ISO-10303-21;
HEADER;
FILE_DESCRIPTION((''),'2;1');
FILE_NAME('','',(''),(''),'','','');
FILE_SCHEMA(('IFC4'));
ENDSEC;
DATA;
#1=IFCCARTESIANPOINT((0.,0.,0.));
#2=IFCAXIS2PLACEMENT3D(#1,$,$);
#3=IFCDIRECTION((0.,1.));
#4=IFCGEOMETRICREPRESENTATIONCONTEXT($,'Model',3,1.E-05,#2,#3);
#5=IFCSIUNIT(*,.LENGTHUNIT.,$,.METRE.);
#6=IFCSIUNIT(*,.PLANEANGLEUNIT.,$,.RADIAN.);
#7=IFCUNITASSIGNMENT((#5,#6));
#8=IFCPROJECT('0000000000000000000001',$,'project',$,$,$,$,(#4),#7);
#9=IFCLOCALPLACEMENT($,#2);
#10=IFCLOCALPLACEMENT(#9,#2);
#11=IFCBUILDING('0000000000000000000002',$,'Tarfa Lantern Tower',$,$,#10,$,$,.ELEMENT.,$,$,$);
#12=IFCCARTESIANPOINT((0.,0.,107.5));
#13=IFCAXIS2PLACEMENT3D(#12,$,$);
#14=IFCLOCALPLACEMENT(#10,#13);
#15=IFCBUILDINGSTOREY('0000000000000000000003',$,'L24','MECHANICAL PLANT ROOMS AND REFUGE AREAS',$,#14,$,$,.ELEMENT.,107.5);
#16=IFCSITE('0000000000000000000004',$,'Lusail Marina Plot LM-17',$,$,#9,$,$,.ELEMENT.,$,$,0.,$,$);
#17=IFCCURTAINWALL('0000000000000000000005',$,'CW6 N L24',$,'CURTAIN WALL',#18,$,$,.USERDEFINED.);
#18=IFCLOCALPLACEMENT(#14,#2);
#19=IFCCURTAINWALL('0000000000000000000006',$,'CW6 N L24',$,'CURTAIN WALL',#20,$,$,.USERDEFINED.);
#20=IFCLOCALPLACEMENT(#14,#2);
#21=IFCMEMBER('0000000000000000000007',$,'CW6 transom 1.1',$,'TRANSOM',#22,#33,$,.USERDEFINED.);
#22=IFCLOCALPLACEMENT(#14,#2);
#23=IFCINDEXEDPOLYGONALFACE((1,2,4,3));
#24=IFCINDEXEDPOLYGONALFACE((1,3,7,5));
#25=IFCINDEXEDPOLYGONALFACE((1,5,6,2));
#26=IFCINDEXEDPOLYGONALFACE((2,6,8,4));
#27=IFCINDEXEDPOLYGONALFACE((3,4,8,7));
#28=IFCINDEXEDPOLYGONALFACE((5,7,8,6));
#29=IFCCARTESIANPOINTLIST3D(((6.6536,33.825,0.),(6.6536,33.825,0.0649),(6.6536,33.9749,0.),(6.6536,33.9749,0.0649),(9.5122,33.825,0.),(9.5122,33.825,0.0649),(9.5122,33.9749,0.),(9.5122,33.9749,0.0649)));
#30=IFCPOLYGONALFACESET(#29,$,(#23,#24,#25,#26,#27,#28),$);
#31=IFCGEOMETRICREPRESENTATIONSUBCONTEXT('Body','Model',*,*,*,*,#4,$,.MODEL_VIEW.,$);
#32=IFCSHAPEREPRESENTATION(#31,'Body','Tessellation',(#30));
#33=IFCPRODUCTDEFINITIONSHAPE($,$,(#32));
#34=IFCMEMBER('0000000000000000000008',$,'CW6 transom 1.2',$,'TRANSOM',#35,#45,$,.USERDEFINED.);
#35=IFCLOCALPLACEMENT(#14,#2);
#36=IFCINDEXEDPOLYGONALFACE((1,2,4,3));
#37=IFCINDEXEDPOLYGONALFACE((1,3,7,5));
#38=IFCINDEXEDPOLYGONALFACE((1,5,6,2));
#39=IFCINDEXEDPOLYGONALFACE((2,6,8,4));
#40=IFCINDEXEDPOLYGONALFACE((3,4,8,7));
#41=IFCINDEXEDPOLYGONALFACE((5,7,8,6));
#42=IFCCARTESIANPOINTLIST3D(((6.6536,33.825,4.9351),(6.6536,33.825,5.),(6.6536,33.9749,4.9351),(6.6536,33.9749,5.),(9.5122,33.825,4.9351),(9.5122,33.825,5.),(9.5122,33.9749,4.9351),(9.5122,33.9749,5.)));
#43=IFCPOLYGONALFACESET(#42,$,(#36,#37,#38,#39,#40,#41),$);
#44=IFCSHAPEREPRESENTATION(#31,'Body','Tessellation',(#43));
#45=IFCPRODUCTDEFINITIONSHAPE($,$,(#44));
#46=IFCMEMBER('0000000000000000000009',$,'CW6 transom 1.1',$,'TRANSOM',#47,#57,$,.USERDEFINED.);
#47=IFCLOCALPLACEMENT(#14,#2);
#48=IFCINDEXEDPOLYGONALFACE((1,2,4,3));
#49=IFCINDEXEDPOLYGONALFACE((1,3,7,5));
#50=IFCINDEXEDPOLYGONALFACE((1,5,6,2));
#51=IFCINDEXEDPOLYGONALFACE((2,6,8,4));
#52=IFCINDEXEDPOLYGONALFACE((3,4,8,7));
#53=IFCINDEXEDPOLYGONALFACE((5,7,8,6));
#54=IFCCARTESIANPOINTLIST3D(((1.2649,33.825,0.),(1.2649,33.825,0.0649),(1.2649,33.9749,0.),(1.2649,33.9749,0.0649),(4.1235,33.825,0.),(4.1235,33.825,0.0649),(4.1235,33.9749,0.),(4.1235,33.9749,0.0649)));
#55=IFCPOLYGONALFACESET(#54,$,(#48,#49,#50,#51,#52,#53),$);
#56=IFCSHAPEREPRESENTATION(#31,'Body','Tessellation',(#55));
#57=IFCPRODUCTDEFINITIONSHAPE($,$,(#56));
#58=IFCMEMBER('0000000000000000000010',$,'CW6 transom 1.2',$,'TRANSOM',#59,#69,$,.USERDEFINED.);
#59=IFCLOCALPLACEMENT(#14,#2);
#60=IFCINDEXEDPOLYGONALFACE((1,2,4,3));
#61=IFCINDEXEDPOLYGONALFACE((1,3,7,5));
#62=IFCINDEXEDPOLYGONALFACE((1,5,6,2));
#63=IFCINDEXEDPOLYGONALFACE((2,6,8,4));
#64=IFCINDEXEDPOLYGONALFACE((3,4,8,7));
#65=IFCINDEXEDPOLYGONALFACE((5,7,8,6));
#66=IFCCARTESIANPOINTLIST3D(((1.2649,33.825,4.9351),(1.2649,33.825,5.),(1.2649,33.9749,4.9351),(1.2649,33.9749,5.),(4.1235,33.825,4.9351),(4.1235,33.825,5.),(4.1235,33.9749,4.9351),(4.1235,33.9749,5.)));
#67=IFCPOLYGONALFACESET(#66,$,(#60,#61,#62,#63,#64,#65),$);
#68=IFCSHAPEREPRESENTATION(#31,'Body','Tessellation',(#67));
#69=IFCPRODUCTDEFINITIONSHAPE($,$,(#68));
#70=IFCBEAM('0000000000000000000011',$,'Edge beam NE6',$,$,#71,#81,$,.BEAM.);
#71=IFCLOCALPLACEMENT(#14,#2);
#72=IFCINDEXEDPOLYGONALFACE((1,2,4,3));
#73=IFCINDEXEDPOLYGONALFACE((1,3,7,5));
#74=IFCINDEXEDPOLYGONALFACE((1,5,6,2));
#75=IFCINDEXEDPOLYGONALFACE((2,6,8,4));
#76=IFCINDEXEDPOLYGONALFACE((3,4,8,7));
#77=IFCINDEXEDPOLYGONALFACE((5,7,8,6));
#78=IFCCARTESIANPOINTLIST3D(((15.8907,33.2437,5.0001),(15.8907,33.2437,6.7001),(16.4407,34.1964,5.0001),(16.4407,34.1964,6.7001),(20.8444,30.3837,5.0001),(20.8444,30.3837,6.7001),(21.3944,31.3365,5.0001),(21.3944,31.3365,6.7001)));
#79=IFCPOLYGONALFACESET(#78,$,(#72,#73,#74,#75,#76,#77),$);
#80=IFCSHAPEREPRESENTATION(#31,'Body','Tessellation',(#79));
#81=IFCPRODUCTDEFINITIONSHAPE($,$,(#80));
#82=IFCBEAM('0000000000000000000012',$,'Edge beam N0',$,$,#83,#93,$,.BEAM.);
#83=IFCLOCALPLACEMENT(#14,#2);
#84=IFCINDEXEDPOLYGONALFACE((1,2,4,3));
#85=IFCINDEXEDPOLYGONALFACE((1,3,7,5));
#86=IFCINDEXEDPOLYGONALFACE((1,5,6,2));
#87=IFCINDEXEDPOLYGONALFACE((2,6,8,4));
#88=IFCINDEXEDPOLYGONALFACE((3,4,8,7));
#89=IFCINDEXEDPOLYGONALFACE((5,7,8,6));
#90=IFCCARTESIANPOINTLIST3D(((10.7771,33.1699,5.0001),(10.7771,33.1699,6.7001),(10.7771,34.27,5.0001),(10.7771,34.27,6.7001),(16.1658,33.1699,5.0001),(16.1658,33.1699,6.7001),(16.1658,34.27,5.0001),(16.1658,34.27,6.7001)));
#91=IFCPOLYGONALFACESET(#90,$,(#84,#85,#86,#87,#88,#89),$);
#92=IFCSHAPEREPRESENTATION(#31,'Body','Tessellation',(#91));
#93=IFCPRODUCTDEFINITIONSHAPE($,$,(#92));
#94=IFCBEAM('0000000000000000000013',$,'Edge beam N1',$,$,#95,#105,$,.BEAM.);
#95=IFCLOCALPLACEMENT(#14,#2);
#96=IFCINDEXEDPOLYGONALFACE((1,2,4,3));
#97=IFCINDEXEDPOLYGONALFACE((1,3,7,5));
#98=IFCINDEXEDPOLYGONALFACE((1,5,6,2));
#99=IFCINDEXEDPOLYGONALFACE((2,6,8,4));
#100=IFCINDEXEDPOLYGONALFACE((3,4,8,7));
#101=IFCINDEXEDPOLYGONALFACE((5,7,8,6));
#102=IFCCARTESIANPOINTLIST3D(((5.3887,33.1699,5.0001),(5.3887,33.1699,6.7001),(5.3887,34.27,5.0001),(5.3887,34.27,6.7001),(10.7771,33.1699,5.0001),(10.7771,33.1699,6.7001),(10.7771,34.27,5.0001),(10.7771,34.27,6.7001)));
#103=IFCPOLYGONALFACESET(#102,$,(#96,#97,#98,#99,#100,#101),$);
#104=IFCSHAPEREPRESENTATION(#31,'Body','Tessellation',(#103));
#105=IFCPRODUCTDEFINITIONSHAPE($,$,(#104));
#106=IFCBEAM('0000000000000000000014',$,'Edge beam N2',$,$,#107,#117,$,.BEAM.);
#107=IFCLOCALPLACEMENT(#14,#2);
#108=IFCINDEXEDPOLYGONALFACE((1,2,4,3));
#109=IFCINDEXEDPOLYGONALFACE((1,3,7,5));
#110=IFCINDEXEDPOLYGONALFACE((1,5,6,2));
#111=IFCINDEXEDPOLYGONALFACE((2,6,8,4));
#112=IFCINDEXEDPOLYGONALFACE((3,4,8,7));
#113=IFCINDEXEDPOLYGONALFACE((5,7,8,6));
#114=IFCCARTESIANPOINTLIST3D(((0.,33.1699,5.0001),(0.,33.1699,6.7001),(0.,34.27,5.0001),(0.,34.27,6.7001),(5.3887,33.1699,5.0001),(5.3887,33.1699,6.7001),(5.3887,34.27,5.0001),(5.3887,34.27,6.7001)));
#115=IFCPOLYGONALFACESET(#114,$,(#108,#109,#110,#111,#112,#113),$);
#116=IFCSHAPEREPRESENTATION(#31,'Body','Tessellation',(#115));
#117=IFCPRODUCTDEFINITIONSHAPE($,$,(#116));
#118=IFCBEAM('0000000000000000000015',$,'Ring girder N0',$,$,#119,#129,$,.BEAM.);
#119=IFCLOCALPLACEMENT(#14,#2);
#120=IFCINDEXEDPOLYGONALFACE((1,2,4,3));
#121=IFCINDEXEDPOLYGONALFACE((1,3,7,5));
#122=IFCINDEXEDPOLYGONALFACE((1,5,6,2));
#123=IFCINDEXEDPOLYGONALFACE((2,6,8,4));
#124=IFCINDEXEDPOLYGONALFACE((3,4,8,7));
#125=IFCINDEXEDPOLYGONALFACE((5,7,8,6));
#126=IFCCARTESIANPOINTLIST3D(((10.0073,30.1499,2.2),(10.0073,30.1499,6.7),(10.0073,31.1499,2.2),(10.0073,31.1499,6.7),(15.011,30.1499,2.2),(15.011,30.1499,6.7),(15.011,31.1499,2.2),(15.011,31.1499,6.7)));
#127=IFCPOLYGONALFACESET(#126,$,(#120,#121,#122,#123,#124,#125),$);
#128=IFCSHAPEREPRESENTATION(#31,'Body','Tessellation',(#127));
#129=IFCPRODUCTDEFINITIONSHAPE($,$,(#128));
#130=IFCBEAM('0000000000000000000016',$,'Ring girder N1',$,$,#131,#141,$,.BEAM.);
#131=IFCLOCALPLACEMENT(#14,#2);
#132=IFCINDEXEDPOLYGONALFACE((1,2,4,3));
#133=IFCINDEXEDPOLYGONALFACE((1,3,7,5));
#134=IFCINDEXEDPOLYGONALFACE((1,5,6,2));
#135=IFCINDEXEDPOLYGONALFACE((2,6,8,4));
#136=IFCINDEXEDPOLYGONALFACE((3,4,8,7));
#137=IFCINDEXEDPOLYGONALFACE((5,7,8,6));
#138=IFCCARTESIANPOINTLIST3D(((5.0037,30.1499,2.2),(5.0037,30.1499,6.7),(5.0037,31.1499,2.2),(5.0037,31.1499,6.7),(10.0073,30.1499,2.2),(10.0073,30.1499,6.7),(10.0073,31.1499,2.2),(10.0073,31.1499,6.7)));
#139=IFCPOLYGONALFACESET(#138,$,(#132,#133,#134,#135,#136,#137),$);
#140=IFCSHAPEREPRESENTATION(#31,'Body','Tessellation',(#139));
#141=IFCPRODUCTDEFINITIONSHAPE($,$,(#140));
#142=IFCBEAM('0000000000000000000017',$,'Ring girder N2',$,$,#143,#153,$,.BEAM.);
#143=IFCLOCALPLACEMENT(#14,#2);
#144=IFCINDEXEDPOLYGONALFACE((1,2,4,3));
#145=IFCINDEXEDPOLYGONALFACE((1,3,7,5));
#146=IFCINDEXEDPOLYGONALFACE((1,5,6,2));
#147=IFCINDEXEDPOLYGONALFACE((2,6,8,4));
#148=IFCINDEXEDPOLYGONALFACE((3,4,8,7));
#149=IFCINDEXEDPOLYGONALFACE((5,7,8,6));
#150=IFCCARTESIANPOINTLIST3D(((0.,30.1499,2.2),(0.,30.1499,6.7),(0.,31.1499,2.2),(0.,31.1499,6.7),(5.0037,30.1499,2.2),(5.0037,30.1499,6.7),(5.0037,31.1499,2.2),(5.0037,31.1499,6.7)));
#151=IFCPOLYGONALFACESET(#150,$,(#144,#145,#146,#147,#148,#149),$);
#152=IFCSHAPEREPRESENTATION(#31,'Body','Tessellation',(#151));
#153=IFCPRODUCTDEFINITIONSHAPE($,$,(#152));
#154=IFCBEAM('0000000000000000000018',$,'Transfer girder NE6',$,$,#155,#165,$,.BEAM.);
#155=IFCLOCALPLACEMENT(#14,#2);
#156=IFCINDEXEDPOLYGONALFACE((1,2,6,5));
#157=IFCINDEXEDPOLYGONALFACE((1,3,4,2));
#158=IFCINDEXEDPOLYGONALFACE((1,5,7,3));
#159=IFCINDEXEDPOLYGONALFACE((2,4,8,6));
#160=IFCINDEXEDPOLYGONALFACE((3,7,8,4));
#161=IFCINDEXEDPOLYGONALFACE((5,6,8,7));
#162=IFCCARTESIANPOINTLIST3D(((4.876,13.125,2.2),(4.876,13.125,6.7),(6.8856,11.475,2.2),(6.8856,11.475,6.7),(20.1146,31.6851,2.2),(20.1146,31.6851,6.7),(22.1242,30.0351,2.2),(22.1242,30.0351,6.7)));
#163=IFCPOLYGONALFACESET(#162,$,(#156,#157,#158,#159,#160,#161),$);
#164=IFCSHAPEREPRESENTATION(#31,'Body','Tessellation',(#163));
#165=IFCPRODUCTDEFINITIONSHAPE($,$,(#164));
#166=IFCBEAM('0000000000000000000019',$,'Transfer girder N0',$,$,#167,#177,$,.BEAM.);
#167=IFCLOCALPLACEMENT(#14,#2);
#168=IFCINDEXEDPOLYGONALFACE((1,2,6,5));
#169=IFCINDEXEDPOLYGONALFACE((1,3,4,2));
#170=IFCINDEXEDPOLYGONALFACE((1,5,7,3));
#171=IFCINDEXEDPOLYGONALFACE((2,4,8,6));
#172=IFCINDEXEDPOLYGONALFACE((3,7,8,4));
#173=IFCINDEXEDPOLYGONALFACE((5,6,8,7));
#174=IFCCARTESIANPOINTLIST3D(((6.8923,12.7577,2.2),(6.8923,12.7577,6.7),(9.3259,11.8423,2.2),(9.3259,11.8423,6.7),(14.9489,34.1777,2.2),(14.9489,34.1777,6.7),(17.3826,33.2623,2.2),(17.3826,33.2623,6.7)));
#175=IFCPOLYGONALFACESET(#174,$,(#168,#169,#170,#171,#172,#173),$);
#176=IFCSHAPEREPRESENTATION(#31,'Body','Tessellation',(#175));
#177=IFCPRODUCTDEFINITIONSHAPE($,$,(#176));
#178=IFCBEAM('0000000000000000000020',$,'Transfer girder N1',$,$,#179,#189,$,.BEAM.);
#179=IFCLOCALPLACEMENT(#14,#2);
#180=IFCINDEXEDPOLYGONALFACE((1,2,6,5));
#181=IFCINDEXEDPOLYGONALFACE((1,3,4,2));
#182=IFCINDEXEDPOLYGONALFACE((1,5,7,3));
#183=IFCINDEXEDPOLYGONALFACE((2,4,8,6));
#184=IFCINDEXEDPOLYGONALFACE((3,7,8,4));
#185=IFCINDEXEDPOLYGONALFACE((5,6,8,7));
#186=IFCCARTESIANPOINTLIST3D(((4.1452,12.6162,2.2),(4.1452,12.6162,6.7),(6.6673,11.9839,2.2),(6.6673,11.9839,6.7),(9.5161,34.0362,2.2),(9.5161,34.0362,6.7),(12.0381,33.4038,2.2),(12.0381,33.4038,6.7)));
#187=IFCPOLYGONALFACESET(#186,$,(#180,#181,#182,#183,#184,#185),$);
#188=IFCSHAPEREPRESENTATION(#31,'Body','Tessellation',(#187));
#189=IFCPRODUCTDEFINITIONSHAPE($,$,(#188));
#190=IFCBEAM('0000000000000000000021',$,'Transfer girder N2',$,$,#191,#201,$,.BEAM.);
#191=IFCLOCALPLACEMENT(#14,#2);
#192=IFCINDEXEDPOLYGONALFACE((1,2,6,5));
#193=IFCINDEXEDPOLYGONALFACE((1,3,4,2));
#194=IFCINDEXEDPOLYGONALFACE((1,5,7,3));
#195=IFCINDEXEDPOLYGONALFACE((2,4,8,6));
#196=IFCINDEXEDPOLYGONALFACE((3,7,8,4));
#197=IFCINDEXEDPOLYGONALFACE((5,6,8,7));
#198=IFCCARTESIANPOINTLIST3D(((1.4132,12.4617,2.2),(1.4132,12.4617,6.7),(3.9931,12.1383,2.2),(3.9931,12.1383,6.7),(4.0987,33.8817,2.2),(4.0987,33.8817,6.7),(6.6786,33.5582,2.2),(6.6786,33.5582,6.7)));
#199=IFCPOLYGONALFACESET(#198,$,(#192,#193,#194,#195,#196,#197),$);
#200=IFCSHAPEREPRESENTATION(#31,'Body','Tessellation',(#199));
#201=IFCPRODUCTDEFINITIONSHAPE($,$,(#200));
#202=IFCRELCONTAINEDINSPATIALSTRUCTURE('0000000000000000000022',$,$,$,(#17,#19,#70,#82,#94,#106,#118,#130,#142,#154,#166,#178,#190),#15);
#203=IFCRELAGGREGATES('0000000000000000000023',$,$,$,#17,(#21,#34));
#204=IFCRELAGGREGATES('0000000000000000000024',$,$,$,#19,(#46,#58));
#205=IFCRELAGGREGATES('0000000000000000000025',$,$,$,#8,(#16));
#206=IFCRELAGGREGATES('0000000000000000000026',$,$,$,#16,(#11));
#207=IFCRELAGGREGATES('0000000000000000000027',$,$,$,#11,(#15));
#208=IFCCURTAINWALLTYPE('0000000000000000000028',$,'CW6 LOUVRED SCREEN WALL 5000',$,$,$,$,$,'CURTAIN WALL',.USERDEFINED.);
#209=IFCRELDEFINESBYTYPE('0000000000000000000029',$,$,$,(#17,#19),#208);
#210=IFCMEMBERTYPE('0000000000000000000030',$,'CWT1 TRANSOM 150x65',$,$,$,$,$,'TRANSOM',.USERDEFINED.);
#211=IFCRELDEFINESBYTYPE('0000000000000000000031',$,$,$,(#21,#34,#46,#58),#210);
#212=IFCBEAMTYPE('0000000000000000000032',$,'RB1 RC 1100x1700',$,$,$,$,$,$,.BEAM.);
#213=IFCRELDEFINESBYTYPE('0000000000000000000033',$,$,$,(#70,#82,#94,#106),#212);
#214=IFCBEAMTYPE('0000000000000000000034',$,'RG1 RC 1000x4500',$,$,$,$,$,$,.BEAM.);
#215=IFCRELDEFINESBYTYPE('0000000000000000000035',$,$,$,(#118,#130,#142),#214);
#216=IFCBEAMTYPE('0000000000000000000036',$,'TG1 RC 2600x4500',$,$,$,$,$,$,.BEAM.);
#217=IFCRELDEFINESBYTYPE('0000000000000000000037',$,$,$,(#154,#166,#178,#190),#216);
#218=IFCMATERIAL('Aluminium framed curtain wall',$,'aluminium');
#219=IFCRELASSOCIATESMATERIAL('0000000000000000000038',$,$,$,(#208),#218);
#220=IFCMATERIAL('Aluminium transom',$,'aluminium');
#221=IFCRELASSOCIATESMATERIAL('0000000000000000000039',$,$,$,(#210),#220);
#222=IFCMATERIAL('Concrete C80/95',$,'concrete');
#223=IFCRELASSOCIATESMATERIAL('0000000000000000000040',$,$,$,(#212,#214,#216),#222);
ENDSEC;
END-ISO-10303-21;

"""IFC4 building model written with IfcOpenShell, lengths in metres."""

from ifc_helpers import new_model, si_unit, direction, frame, origin, origin_2d, place, context, subcontext, project, spatial, rectangle, extrude, material, material_profile, profile_set, type_object, element, aggregate, save


model = new_model("IFC4")

# Units and contexts
model_context = context("Model", 3, precision=1e-05, world=origin(), true_north=direction((0.0, 1.0)))
body_context = subcontext(model_context, "Body", "Model", "MODEL_VIEW")
ifc_project = project(units=[si_unit("LENGTHUNIT", "METRE"), si_unit("PLANEANGLEUNIT", "RADIAN")], contexts=[model_context])

# Site, building, storey
site_placement = place(None, origin())
site = spatial("IfcSite", under=ifc_project, at=site_placement, Name="Lusail Marina Plot LM-17", CompositionType="ELEMENT", RefElevation=0.0)
building_placement = place(site_placement, origin())
building = spatial("IfcBuilding", under=site, at=building_placement, Name="Tarfa Lantern Tower", CompositionType="ELEMENT")
storey_placement = place(building_placement, frame((0.0, 0.0, 107.5)))
storey = spatial("IfcBuildingStorey", under=building, at=storey_placement, Name="L24", Description="MECHANICAL PLANT ROOMS AND REFUGE AREAS", CompositionType="ELEMENT", Elevation=107.5)

# Shared definitions
ifc_material_1 = material(Name="Concrete C80/95", Category="concrete")

# Curtain walls
ifc_material_2 = material(Name="Aluminium framed curtain wall", Category="aluminium")
curtain_wall_type = type_object("IfcCurtainWallType", Name="CW6 LOUVRED SCREEN WALL 5000", ElementType="CURTAIN WALL", PredefinedType="USERDEFINED", material=ifc_material_2)
curtain_wall_1_placement = place(storey_placement, origin())
curtain_wall_1 = element("IfcCurtainWall", 1, at=curtain_wall_1_placement, inside=storey, type_object=curtain_wall_type, Name="CW6 N L24", ObjectType="CURTAIN WALL", PredefinedType="USERDEFINED")
curtain_wall_2_placement = place(storey_placement, origin())
curtain_wall_2 = element("IfcCurtainWall", 2, at=curtain_wall_2_placement, inside=storey, type_object=curtain_wall_type, Name="CW6 N L24", ObjectType="CURTAIN WALL", PredefinedType="USERDEFINED")

# Members
ifc_material_3 = material(Name="Aluminium transom", Category="aluminium")
ifc_material_profile_1 = material_profile(ifc_material_3, rectangle(XDim=0.1499, YDim=0.0649, at=origin_2d()), Name="AL TRANSOM 150x65")
ifc_profile_set_1 = profile_set([ifc_material_profile_1], Name="Aluminium transom")
member_type_1 = type_object("IfcMemberType", Name="CWT1 TRANSOM 150x65", ElementType="TRANSOM", PredefinedType="USERDEFINED", material=ifc_profile_set_1)
member_1_placement = place(storey_placement, frame((9.5122, 33.8999, 0.0325), z_axis=(-1.0, 0.0, 0.0), x_axis=(0.0, -1.0, 0.0)))
member_1 = element("IfcMember", 3, at=member_1_placement, type_object=member_type_1, Name="CW6 transom 1.1", ObjectType="TRANSOM", PredefinedType="USERDEFINED", context=body_context, shape_type="SweptSolid", body=[
    extrude(rectangle(XDim=0.1499, YDim=0.0649, at=origin_2d()), origin(), (0.0, 0.0, 1.0), 2.8586),
])
member_2_placement = place(storey_placement, frame((9.5122, 33.8999, 4.9675), z_axis=(-1.0, 0.0, 0.0), x_axis=(0.0, -1.0, 0.0)))
member_2 = element("IfcMember", 4, at=member_2_placement, type_object=member_type_1, Name="CW6 transom 1.2", ObjectType="TRANSOM", PredefinedType="USERDEFINED", context=body_context, shape_type="SweptSolid", body=[
    extrude(rectangle(XDim=0.1499, YDim=0.0649, at=origin_2d()), origin(), (0.0, 0.0, 1.0), 2.8586),
])
member_3_placement = place(storey_placement, frame((4.1235, 33.8999, 0.0325), z_axis=(-1.0, 0.0, 0.0), x_axis=(0.0, -1.0, 0.0)))
member_3 = element("IfcMember", 5, at=member_3_placement, type_object=member_type_1, Name="CW6 transom 1.1", ObjectType="TRANSOM", PredefinedType="USERDEFINED", context=body_context, shape_type="SweptSolid", body=[
    extrude(rectangle(XDim=0.1499, YDim=0.0649, at=origin_2d()), origin(), (0.0, 0.0, 1.0), 2.8586),
])
member_4_placement = place(storey_placement, frame((4.1235, 33.8999, 4.9675), z_axis=(-1.0, 0.0, 0.0), x_axis=(0.0, -1.0, 0.0)))
member_4 = element("IfcMember", 6, at=member_4_placement, type_object=member_type_1, Name="CW6 transom 1.2", ObjectType="TRANSOM", PredefinedType="USERDEFINED", context=body_context, shape_type="SweptSolid", body=[
    extrude(rectangle(XDim=0.1499, YDim=0.0649, at=origin_2d()), origin(), (0.0, 0.0, 1.0), 2.8586),
])

# Beams
ifc_material_profile_2 = material_profile(ifc_material_1, rectangle(XDim=1.1001, YDim=1.7, at=origin_2d()), Name="RC 1100x1700")
ifc_profile_set_2 = profile_set([ifc_material_profile_2], Name="Concrete C80/95")
beam_type_1 = type_object("IfcBeamType", Name="RB1 RC 1100x1700", PredefinedType="BEAM", material=ifc_profile_set_2)
beam_1_placement = place(storey_placement, frame((21.1194, 30.8601, 5.8501), z_axis=(-0.866033, 0.499986, 0.0), x_axis=(-0.499986, -0.866033, 0.0)))
element("IfcBeam", 7, at=beam_1_placement, inside=storey, type_object=beam_type_1, Name="Edge beam NE6", PredefinedType="BEAM", context=body_context, shape_type="SweptSolid", body=[
    extrude(rectangle(XDim=1.1001, YDim=1.7, at=origin_2d()), origin(), (0.0, 0.0, 1.0), 5.72),
])
beam_2_placement = place(storey_placement, frame((16.1658, 33.72, 5.8501), z_axis=(-1.0, 0.0, 0.0), x_axis=(0.0, -1.0, 0.0)))
element("IfcBeam", 8, at=beam_2_placement, inside=storey, type_object=beam_type_1, Name="Edge beam N0", PredefinedType="BEAM", context=body_context, shape_type="SweptSolid", body=[
    extrude(rectangle(XDim=1.1001, YDim=1.7, at=origin_2d()), origin(), (0.0, 0.0, 1.0), 5.3887),
])
beam_3_placement = place(storey_placement, frame((10.7771, 33.72, 5.8501), z_axis=(-1.0, 0.0, 0.0), x_axis=(0.0, -1.0, 0.0)))
element("IfcBeam", 9, at=beam_3_placement, inside=storey, type_object=beam_type_1, Name="Edge beam N1", PredefinedType="BEAM", context=body_context, shape_type="SweptSolid", body=[
    extrude(rectangle(XDim=1.1001, YDim=1.7, at=origin_2d()), origin(), (0.0, 0.0, 1.0), 5.3884),
])
beam_4_placement = place(storey_placement, frame((5.3887, 33.72, 5.8501), z_axis=(-1.0, 0.0, 0.0), x_axis=(0.0, -1.0, 0.0)))
element("IfcBeam", 10, at=beam_4_placement, inside=storey, type_object=beam_type_1, Name="Edge beam N2", PredefinedType="BEAM", context=body_context, shape_type="SweptSolid", body=[
    extrude(rectangle(XDim=1.1001, YDim=1.7, at=origin_2d()), origin(), (0.0, 0.0, 1.0), 5.3887),
])
ifc_material_profile_3 = material_profile(ifc_material_1, rectangle(XDim=1.0, YDim=4.5, at=origin_2d()), Name="RC 1000x4500")
ifc_profile_set_3 = profile_set([ifc_material_profile_3], Name="Concrete C80/95")
beam_type_2 = type_object("IfcBeamType", Name="RG1 RC 1000x4500", PredefinedType="BEAM", material=ifc_profile_set_3)
for number, where, z_axis, x_axis, name in (
    (11, (15.011, 30.6499, 4.45), (-1.0, 0.0, 0.0), (0.0, -1.0, 0.0), "Ring girder N0"),
    (12, (10.0073, 30.6499, 4.45), (-1.0, 0.0, 0.0), (0.0, -1.0, 0.0), "Ring girder N1"),
    (13, (5.0037, 30.6499, 4.45), (-1.0, 0.0, 0.0), (0.0, -1.0, 0.0), "Ring girder N2"),
):
    element("IfcBeam", number, at=place(storey_placement, frame(where, z_axis=z_axis, x_axis=x_axis)), inside=storey, type_object=beam_type_2, Name=name, PredefinedType="BEAM", context=body_context, shape_type="SweptSolid", body=[
        extrude(rectangle(XDim=1.0, YDim=4.5, at=origin_2d()), origin(), (0.0, 0.0, 1.0), 5.0037),
    ])
ifc_material_profile_4 = material_profile(ifc_material_1, rectangle(XDim=2.6001, YDim=4.5, at=origin_2d()), Name="RC 2600x4500")
ifc_profile_set_4 = profile_set([ifc_material_profile_4], Name="Concrete C80/95")
beam_type_3 = type_object("IfcBeamType", Name="TG1 RC 2600x4500", PredefinedType="BEAM", material=ifc_profile_set_4)
beam_5_placement = place(storey_placement, frame((21.1194, 30.8601, 4.45), z_axis=(-0.634559, -0.772874, 0.0), x_axis=(0.772874, -0.634559, 0.0)))
element("IfcBeam", 14, at=beam_5_placement, inside=storey, type_object=beam_type_3, Name="Transfer girder NE6", PredefinedType="BEAM", context=body_context, shape_type="SweptSolid", body=[
    extrude(rectangle(XDim=2.6001, YDim=4.5, at=origin_2d()), origin(), (0.0, 0.0, 1.0), 24.0144),
])
beam_6_placement = place(storey_placement, frame((16.1658, 33.72, 4.45), z_axis=(-0.352049, -0.935981, 0.0), x_axis=(0.935981, -0.352049, 0.0)))
element("IfcBeam", 15, at=beam_6_placement, inside=storey, type_object=beam_type_3, Name="Transfer girder N0", PredefinedType="BEAM", context=body_context, shape_type="SweptSolid", body=[
    extrude(rectangle(XDim=2.6001, YDim=4.5, at=origin_2d()), origin(), (0.0, 0.0, 1.0), 22.885),
])
beam_7_placement = place(storey_placement, frame((10.7771, 33.72, 4.45), z_axis=(-0.243212, -0.969973, 0.0), x_axis=(0.969973, -0.243212, 0.0)))
element("IfcBeam", 16, at=beam_7_placement, inside=storey, type_object=beam_type_3, Name="Transfer girder N1", PredefinedType="BEAM", context=body_context, shape_type="SweptSolid", body=[
    extrude(rectangle(XDim=2.6001, YDim=4.5, at=origin_2d()), origin(), (0.0, 0.0, 1.0), 22.083),
])
beam_8_placement = place(storey_placement, frame((5.3887, 33.72, 4.45), z_axis=(-0.124402, -0.992232, 0.0), x_axis=(0.992232, -0.124402, 0.0)))
element("IfcBeam", 17, at=beam_8_placement, inside=storey, type_object=beam_type_3, Name="Transfer girder N2", PredefinedType="BEAM", context=body_context, shape_type="SweptSolid", body=[
    extrude(rectangle(XDim=2.6001, YDim=4.5, at=origin_2d()), origin(), (0.0, 0.0, 1.0), 21.5876),
])

aggregate(curtain_wall_1, [member_1, member_2])
aggregate(curtain_wall_2, [member_3, member_4])

save(model, "model.ifc")
